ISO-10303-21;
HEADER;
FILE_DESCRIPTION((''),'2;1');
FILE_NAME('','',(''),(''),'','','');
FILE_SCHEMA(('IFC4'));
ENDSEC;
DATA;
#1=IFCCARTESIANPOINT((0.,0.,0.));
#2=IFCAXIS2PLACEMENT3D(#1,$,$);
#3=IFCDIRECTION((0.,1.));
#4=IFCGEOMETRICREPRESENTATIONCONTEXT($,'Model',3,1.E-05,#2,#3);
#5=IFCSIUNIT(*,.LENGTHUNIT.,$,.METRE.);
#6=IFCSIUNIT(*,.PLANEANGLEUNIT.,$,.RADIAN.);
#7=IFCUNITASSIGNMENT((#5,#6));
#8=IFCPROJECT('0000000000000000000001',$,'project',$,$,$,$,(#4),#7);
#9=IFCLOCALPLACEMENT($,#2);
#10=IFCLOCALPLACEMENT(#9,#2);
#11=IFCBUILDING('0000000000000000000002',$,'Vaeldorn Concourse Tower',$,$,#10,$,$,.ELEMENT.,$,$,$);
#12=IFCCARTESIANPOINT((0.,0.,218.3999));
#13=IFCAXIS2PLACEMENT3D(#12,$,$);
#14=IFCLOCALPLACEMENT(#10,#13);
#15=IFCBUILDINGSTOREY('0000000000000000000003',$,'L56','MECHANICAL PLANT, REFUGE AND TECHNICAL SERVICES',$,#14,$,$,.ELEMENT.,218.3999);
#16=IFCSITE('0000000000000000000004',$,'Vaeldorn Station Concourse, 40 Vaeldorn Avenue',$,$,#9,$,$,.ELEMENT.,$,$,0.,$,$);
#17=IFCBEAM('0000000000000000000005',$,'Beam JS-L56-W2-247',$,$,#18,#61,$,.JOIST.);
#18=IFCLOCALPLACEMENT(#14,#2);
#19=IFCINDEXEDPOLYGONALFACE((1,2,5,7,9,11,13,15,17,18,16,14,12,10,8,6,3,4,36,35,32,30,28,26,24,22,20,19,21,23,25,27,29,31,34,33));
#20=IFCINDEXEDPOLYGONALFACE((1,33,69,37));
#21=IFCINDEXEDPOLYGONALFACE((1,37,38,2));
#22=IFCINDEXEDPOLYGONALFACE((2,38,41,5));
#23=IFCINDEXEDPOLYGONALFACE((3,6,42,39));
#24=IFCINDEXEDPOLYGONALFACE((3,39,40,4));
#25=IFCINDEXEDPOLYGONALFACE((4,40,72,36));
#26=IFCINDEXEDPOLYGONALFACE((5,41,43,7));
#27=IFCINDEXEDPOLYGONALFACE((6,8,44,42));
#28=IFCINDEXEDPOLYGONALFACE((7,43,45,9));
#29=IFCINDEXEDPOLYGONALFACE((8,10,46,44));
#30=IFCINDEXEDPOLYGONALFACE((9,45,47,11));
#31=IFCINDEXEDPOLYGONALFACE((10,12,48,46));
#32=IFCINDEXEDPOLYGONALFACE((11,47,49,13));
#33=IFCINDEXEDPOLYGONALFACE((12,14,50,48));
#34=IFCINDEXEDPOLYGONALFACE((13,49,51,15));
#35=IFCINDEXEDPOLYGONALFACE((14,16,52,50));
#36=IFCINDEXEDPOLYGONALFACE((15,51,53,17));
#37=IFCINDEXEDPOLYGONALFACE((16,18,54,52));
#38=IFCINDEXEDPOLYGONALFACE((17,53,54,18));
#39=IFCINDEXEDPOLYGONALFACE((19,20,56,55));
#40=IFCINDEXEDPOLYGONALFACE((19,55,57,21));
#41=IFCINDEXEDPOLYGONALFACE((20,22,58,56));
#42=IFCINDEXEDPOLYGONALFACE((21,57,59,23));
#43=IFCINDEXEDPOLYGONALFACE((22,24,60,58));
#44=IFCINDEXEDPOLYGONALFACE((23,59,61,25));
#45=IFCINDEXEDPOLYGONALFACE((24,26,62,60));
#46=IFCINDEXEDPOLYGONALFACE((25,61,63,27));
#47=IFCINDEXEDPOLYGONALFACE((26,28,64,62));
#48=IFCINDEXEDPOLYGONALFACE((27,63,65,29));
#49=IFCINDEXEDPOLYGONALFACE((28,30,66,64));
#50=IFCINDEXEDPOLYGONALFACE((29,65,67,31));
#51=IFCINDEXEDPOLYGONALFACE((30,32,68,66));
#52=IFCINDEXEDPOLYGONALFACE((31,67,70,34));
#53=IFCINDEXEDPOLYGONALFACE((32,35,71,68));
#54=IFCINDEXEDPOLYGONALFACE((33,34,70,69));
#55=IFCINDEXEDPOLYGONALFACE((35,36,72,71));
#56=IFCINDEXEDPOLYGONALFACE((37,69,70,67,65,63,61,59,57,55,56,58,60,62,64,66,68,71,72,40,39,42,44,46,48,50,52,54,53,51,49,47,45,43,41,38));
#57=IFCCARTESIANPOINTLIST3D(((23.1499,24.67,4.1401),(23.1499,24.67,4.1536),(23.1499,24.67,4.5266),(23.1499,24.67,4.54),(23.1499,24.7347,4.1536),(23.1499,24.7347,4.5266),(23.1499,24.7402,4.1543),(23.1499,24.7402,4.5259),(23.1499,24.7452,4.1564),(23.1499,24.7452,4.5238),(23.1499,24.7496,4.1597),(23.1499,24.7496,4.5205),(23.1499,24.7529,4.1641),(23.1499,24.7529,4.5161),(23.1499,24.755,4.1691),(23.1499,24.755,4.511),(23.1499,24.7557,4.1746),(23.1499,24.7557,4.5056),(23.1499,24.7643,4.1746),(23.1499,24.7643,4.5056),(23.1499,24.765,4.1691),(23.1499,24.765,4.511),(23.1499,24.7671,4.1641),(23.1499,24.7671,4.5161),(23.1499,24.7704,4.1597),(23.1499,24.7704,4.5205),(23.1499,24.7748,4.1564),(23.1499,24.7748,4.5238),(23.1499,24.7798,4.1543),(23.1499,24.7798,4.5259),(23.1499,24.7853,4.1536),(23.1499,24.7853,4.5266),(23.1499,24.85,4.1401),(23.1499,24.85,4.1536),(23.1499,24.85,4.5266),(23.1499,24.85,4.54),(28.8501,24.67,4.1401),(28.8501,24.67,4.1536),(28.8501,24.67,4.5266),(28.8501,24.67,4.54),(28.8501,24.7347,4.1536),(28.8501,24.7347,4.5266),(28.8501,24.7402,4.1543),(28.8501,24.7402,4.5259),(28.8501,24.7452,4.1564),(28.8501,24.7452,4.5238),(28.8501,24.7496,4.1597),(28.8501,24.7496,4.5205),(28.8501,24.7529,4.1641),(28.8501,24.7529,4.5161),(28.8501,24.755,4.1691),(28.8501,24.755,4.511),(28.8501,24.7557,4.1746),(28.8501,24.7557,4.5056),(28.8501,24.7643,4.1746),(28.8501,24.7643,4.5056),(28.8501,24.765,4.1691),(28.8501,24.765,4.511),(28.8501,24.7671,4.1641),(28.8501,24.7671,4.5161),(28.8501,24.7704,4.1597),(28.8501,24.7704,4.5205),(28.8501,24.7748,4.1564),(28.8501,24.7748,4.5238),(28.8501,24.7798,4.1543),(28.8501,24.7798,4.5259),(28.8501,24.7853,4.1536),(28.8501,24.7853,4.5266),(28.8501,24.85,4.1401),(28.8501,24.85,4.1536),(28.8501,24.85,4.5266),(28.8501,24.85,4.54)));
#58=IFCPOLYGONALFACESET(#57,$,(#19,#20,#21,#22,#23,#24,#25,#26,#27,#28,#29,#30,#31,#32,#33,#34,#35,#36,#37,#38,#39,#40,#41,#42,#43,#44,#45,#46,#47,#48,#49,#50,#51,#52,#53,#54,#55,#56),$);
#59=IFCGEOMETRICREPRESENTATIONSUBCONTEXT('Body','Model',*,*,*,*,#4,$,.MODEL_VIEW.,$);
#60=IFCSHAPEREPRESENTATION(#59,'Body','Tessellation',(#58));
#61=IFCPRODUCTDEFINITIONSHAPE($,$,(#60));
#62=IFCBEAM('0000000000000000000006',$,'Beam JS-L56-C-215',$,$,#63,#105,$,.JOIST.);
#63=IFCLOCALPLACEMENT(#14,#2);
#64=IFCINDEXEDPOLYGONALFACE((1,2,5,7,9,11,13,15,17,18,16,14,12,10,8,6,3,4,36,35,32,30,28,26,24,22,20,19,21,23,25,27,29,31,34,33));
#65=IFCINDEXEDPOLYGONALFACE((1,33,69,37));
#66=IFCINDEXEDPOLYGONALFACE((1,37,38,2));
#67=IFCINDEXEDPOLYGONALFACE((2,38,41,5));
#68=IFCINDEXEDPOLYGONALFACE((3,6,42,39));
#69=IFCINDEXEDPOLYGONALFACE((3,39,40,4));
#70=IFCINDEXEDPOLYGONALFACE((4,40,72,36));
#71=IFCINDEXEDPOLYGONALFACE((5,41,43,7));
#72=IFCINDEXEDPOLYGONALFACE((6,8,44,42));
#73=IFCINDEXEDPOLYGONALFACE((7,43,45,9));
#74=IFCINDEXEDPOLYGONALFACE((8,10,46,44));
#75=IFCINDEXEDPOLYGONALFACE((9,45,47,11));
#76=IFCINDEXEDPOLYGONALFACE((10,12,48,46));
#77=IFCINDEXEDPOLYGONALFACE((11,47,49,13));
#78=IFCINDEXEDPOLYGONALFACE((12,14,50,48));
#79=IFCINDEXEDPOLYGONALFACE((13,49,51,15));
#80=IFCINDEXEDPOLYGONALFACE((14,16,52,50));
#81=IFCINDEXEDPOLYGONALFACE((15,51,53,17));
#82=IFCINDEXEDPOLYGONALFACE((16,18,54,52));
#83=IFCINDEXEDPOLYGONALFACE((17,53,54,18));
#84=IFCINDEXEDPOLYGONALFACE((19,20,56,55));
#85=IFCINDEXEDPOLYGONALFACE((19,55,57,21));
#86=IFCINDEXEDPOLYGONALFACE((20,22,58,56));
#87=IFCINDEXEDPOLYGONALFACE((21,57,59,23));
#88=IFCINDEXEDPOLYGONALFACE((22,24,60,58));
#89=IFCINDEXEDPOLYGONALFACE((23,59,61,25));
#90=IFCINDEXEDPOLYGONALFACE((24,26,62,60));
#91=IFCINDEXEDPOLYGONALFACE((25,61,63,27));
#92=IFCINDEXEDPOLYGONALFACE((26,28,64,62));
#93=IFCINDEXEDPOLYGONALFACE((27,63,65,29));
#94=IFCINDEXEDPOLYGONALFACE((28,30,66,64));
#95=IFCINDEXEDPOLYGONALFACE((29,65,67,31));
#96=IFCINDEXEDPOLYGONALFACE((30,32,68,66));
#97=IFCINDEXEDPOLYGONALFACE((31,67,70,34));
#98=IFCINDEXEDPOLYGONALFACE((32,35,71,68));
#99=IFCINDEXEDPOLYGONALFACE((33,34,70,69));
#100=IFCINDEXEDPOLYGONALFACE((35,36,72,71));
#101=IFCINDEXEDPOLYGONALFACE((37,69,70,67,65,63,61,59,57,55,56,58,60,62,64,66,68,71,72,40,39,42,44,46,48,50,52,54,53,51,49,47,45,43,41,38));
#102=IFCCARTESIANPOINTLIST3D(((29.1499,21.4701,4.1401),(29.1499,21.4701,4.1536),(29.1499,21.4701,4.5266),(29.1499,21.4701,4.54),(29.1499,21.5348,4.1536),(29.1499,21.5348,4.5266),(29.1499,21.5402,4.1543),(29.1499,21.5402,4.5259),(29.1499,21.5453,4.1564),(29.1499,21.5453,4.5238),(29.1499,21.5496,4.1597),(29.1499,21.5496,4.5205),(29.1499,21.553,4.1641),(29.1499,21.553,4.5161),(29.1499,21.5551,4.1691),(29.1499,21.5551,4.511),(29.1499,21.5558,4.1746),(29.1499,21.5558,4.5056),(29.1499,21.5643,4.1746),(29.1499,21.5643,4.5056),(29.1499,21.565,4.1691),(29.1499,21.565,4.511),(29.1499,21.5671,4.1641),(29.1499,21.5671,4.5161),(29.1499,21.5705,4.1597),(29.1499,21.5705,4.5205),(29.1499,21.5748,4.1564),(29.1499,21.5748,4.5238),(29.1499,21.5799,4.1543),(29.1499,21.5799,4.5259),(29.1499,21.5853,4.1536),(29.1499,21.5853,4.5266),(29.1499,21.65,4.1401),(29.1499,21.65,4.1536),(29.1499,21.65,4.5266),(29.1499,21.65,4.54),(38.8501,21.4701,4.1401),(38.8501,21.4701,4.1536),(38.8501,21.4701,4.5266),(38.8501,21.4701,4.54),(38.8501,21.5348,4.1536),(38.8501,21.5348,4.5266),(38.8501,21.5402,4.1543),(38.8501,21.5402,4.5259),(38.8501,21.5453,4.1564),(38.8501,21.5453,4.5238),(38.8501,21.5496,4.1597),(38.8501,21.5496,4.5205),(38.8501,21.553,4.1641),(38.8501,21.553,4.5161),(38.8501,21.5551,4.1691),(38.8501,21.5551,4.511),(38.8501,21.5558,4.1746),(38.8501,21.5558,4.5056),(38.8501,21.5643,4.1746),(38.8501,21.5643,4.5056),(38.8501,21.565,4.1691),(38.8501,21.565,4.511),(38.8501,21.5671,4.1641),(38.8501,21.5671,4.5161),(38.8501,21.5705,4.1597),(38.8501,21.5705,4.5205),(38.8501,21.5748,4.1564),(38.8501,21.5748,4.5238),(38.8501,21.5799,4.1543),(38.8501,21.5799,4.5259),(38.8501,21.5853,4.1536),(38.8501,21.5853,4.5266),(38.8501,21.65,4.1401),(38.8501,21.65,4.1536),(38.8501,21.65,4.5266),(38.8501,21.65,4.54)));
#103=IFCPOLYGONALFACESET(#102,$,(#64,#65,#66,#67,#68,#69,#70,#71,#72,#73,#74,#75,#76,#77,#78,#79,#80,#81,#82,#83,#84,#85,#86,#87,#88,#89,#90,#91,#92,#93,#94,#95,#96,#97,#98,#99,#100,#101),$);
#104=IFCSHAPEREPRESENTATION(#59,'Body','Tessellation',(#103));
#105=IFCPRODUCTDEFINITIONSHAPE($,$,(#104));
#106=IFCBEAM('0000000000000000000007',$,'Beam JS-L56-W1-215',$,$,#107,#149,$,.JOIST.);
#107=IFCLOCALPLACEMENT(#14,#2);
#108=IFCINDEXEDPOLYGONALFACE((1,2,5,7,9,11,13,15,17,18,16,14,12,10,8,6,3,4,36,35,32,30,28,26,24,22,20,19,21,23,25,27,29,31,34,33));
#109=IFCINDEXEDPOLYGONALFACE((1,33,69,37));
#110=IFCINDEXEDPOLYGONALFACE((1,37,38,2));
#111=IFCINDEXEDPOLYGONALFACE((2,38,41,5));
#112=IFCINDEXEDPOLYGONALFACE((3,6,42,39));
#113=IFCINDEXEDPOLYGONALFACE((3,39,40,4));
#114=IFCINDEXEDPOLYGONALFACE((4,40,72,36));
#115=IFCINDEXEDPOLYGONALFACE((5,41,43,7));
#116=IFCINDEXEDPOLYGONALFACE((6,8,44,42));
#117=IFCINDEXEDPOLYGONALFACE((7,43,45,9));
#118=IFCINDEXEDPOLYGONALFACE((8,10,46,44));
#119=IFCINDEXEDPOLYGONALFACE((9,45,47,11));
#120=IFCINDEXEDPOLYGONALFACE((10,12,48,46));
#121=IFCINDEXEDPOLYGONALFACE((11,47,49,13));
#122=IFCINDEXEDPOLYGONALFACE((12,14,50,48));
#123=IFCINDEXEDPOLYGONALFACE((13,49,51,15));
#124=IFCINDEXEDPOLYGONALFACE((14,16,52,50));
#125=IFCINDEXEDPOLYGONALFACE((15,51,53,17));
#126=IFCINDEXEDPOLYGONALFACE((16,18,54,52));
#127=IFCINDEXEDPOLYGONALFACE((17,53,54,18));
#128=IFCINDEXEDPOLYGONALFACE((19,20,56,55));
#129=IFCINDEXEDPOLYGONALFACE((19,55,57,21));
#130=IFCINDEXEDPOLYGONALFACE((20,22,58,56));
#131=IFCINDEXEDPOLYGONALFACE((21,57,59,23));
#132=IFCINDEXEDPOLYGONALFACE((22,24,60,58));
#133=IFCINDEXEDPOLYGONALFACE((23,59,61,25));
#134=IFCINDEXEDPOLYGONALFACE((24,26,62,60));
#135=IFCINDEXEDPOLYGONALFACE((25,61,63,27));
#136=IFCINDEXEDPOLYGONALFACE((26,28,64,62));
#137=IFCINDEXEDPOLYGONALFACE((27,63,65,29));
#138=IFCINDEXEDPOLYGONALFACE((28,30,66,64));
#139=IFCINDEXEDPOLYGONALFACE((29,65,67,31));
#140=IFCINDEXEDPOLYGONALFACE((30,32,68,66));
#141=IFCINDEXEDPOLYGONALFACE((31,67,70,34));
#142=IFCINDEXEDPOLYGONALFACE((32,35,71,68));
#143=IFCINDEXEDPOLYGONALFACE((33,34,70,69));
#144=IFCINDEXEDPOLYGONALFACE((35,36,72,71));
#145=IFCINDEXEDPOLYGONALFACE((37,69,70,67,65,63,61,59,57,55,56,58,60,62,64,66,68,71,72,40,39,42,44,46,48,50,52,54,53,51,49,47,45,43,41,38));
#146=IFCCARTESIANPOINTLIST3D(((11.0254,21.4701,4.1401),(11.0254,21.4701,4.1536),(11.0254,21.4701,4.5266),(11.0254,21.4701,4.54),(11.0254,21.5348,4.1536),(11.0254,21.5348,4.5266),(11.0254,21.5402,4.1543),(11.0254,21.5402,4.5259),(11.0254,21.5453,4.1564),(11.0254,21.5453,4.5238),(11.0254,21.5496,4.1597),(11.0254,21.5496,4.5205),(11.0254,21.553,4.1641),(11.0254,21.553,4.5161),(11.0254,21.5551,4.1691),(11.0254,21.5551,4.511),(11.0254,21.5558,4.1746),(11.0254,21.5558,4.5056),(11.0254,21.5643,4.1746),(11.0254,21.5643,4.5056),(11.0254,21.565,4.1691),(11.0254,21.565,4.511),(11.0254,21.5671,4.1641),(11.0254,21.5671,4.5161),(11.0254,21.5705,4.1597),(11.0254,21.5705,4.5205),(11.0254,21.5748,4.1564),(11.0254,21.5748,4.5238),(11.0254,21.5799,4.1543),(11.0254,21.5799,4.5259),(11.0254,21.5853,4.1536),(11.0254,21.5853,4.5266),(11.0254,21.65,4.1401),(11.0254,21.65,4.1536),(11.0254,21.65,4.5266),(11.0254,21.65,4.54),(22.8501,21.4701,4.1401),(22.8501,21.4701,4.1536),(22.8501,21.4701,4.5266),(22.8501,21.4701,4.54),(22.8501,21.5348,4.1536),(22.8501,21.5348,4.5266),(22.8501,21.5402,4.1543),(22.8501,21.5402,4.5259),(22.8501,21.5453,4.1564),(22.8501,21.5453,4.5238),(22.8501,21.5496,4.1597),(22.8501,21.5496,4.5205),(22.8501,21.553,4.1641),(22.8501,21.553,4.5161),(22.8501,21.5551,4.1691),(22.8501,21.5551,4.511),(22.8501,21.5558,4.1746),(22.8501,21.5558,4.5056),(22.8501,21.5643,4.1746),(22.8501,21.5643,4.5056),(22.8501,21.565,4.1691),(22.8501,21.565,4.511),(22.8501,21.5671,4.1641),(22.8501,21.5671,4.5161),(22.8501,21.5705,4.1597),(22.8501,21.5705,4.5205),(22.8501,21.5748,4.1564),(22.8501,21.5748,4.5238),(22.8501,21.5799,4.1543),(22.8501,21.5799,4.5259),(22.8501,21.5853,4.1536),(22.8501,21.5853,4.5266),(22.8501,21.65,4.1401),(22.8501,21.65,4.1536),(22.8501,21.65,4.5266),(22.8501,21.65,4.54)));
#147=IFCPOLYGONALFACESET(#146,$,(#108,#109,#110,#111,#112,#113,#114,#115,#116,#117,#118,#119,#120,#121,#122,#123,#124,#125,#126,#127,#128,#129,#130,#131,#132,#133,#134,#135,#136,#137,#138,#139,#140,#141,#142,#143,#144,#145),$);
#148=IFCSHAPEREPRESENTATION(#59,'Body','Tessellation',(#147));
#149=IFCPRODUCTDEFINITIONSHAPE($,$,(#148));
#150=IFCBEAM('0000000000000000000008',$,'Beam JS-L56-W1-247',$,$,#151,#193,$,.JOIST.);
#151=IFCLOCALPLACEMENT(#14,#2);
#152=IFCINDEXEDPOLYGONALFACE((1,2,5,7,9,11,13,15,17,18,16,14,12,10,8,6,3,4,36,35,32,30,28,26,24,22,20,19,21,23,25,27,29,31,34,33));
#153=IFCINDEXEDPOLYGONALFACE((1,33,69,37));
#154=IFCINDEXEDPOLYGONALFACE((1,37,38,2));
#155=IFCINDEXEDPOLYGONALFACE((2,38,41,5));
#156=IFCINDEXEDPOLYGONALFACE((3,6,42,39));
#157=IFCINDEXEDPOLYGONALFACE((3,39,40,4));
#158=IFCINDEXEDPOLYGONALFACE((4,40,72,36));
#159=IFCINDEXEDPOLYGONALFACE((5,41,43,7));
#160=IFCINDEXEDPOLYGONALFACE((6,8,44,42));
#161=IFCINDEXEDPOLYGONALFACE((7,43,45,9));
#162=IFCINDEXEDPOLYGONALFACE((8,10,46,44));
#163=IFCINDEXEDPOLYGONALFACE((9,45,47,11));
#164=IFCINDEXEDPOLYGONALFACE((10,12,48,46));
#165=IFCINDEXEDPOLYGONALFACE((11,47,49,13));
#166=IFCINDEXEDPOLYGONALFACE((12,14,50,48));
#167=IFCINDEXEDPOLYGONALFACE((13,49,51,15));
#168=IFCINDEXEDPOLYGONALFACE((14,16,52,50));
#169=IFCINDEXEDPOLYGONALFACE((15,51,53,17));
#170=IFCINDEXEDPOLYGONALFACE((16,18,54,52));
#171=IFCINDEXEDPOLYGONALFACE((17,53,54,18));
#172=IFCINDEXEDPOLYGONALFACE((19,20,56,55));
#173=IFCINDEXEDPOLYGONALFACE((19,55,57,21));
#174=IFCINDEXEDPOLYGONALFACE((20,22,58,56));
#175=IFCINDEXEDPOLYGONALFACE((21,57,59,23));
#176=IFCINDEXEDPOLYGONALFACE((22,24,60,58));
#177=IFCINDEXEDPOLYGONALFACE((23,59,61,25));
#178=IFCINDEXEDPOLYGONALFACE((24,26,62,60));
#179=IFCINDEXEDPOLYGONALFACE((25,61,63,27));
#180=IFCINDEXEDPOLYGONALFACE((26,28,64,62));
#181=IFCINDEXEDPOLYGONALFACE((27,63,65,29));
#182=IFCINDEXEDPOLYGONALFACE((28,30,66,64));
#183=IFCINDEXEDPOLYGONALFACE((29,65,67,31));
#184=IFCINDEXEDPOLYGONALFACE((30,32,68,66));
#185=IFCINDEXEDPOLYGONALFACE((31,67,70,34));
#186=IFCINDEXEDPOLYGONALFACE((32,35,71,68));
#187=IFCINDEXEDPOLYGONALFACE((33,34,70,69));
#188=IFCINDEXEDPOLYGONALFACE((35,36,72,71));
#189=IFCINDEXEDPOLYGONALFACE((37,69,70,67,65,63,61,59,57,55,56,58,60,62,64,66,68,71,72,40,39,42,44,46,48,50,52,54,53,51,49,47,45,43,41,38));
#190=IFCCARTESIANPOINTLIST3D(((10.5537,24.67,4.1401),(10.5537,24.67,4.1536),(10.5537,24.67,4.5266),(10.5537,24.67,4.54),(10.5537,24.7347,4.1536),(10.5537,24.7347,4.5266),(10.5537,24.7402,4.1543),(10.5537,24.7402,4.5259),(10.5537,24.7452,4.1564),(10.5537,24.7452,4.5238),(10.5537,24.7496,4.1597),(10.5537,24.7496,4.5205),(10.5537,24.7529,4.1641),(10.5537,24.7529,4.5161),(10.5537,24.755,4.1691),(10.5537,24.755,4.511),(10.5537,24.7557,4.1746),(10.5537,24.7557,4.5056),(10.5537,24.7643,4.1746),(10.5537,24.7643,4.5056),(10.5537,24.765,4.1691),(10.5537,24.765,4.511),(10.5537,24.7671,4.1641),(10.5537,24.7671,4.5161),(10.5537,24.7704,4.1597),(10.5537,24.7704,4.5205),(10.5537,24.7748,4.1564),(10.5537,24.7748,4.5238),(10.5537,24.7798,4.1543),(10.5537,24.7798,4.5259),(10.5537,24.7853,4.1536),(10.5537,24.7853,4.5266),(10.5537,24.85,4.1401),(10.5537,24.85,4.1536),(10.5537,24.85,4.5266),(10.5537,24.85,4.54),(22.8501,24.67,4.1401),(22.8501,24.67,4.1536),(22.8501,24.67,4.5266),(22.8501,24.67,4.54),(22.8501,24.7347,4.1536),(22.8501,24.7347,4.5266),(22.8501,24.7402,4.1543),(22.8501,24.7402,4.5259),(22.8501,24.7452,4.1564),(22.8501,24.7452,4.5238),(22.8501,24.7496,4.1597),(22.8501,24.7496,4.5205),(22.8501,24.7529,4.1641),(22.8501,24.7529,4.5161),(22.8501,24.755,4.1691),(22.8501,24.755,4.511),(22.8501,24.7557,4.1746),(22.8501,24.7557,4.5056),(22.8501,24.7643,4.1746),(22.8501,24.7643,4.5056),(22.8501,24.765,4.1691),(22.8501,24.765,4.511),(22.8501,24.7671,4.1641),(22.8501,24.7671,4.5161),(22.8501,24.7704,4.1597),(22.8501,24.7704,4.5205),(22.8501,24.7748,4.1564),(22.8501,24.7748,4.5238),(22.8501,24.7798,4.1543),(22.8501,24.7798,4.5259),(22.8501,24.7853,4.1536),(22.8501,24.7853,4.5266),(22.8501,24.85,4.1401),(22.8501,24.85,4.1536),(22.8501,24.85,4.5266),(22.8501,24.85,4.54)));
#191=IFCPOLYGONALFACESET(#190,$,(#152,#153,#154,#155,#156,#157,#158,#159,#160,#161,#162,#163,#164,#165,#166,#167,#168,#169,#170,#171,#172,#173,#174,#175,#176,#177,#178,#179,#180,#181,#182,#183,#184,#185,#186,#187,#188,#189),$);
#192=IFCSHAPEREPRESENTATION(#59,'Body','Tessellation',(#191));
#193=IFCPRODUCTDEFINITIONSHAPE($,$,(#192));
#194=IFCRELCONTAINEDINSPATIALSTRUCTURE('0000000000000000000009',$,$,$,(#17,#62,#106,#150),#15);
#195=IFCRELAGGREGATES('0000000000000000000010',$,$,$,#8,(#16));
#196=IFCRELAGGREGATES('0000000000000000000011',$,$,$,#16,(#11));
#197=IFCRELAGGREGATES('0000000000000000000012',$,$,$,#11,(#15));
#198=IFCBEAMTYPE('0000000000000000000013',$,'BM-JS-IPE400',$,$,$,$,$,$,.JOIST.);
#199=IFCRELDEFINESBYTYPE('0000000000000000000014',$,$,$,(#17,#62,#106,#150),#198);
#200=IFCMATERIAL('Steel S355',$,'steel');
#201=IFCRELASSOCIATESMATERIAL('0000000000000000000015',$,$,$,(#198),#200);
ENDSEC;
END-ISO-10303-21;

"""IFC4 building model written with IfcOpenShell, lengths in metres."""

from ifc_helpers import new_model, si_unit, direction, frame, origin, origin_2d, place, context, subcontext, project, spatial, i_section, extrude, source, transform, mapped, material, material_profile, profile_set, type_object, element, save


model = new_model("IFC4")

# Units and contexts
model_context = context("Model", 3, precision=1e-05, world=origin(), true_north=direction((0.0, 1.0)))
body_context = subcontext(model_context, "Body", "Model", "MODEL_VIEW")
ifc_project = project(units=[si_unit("LENGTHUNIT", "METRE"), si_unit("PLANEANGLEUNIT", "RADIAN")], contexts=[model_context])

# Site, building, storey
site_placement = place(None, origin())
site = spatial("IfcSite", under=ifc_project, at=site_placement, Name="Vaeldorn Station Concourse, 40 Vaeldorn Avenue", CompositionType="ELEMENT", RefElevation=0.0)
building_placement = place(site_placement, origin())
building = spatial("IfcBuilding", under=site, at=building_placement, Name="Vaeldorn Concourse Tower", CompositionType="ELEMENT")
storey_placement = place(building_placement, frame((0.0, 0.0, 218.3999)))
storey = spatial("IfcBuildingStorey", under=building, at=storey_placement, Name="L56", Description="MECHANICAL PLANT, REFUGE AND TECHNICAL SERVICES", CompositionType="ELEMENT", Elevation=218.3999)

# Shared definitions
ifc_material_1 = material(Name="Steel S355", Category="steel")

# Beams
ifc_material_profile_1 = material_profile(ifc_material_1, i_section(OverallWidth=0.1799, OverallDepth=0.3999, WebThickness=0.0085, FlangeThickness=0.0134, FilletRadius=0.021, at=origin_2d()), Name="IPE 400")
ifc_profile_set_1 = profile_set([ifc_material_profile_1], Name="Steel S355")
beam_type_1 = type_object("IfcBeamType", Name="BM-JS-IPE400", PredefinedType="JOIST", material=ifc_profile_set_1)
shared_shape_1 = source(origin(), body_context, "Body", "SweptSolid", [
    extrude(i_section(OverallWidth=0.1799, OverallDepth=0.3999, WebThickness=0.0085, FlangeThickness=0.0134, FilletRadius=0.021, at=origin_2d()), origin(), (0.0, 0.0, 1.0), 5.7002),
])
for number, where, z_axis, x_axis, name in (
    (1, (23.1499, 24.76, 4.3401), (1.0, 0.0, 0.0), (0.0, 1.0, 0.0), "Beam JS-L56-W2-247"),
):
    element("IfcBeam", number, at=place(storey_placement, frame(where, z_axis=z_axis, x_axis=x_axis)), inside=storey, type_object=beam_type_1, Name=name, PredefinedType="JOIST", context=body_context, shape_type="MappedRepresentation", body=[
        mapped(shared_shape_1, transform((0.0, 0.0, 0.0), scale=1.0)),
    ])
shared_shape_2 = source(origin(), body_context, "Body", "SweptSolid", [
    extrude(i_section(OverallWidth=0.1799, OverallDepth=0.3999, WebThickness=0.0085, FlangeThickness=0.0134, FilletRadius=0.021, at=origin_2d()), origin(), (0.0, 0.0, 1.0), 9.7002),
])
beam_1_placement = place(storey_placement, frame((29.1499, 21.5601, 4.3401), z_axis=(1.0, 0.0, 0.0), x_axis=(0.0, 1.0, 0.0)))
element("IfcBeam", 2, at=beam_1_placement, inside=storey, type_object=beam_type_1, Name="Beam JS-L56-C-215", PredefinedType="JOIST", context=body_context, shape_type="MappedRepresentation", body=[
    mapped(shared_shape_2, transform((0.0, 0.0, 0.0), scale=1.0)),
])
shared_shape_3 = source(origin(), body_context, "Body", "SweptSolid", [
    extrude(i_section(OverallWidth=0.1799, OverallDepth=0.3999, WebThickness=0.0085, FlangeThickness=0.0134, FilletRadius=0.021, at=origin_2d()), origin(), (0.0, 0.0, 1.0), 11.8247),
])
beam_2_placement = place(storey_placement, frame((11.0254, 21.5601, 4.3401), z_axis=(1.0, 0.0, 0.0), x_axis=(0.0, 1.0, 0.0)))
element("IfcBeam", 3, at=beam_2_placement, inside=storey, type_object=beam_type_1, Name="Beam JS-L56-W1-215", PredefinedType="JOIST", context=body_context, shape_type="MappedRepresentation", body=[
    mapped(shared_shape_3, transform((0.0, 0.0, 0.0), scale=1.0)),
])
shared_shape_4 = source(origin(), body_context, "Body", "SweptSolid", [
    extrude(i_section(OverallWidth=0.1799, OverallDepth=0.3999, WebThickness=0.0085, FlangeThickness=0.0134, FilletRadius=0.021, at=origin_2d()), origin(), (0.0, 0.0, 1.0), 12.2964),
])
beam_3_placement = place(storey_placement, frame((10.5537, 24.76, 4.3401), z_axis=(1.0, 0.0, 0.0), x_axis=(0.0, 1.0, 0.0)))
element("IfcBeam", 4, at=beam_3_placement, inside=storey, type_object=beam_type_1, Name="Beam JS-L56-W1-247", PredefinedType="JOIST", context=body_context, shape_type="MappedRepresentation", body=[
    mapped(shared_shape_4, transform((0.0, 0.0, 0.0), scale=1.0)),
])

save(model, "model.ifc")
